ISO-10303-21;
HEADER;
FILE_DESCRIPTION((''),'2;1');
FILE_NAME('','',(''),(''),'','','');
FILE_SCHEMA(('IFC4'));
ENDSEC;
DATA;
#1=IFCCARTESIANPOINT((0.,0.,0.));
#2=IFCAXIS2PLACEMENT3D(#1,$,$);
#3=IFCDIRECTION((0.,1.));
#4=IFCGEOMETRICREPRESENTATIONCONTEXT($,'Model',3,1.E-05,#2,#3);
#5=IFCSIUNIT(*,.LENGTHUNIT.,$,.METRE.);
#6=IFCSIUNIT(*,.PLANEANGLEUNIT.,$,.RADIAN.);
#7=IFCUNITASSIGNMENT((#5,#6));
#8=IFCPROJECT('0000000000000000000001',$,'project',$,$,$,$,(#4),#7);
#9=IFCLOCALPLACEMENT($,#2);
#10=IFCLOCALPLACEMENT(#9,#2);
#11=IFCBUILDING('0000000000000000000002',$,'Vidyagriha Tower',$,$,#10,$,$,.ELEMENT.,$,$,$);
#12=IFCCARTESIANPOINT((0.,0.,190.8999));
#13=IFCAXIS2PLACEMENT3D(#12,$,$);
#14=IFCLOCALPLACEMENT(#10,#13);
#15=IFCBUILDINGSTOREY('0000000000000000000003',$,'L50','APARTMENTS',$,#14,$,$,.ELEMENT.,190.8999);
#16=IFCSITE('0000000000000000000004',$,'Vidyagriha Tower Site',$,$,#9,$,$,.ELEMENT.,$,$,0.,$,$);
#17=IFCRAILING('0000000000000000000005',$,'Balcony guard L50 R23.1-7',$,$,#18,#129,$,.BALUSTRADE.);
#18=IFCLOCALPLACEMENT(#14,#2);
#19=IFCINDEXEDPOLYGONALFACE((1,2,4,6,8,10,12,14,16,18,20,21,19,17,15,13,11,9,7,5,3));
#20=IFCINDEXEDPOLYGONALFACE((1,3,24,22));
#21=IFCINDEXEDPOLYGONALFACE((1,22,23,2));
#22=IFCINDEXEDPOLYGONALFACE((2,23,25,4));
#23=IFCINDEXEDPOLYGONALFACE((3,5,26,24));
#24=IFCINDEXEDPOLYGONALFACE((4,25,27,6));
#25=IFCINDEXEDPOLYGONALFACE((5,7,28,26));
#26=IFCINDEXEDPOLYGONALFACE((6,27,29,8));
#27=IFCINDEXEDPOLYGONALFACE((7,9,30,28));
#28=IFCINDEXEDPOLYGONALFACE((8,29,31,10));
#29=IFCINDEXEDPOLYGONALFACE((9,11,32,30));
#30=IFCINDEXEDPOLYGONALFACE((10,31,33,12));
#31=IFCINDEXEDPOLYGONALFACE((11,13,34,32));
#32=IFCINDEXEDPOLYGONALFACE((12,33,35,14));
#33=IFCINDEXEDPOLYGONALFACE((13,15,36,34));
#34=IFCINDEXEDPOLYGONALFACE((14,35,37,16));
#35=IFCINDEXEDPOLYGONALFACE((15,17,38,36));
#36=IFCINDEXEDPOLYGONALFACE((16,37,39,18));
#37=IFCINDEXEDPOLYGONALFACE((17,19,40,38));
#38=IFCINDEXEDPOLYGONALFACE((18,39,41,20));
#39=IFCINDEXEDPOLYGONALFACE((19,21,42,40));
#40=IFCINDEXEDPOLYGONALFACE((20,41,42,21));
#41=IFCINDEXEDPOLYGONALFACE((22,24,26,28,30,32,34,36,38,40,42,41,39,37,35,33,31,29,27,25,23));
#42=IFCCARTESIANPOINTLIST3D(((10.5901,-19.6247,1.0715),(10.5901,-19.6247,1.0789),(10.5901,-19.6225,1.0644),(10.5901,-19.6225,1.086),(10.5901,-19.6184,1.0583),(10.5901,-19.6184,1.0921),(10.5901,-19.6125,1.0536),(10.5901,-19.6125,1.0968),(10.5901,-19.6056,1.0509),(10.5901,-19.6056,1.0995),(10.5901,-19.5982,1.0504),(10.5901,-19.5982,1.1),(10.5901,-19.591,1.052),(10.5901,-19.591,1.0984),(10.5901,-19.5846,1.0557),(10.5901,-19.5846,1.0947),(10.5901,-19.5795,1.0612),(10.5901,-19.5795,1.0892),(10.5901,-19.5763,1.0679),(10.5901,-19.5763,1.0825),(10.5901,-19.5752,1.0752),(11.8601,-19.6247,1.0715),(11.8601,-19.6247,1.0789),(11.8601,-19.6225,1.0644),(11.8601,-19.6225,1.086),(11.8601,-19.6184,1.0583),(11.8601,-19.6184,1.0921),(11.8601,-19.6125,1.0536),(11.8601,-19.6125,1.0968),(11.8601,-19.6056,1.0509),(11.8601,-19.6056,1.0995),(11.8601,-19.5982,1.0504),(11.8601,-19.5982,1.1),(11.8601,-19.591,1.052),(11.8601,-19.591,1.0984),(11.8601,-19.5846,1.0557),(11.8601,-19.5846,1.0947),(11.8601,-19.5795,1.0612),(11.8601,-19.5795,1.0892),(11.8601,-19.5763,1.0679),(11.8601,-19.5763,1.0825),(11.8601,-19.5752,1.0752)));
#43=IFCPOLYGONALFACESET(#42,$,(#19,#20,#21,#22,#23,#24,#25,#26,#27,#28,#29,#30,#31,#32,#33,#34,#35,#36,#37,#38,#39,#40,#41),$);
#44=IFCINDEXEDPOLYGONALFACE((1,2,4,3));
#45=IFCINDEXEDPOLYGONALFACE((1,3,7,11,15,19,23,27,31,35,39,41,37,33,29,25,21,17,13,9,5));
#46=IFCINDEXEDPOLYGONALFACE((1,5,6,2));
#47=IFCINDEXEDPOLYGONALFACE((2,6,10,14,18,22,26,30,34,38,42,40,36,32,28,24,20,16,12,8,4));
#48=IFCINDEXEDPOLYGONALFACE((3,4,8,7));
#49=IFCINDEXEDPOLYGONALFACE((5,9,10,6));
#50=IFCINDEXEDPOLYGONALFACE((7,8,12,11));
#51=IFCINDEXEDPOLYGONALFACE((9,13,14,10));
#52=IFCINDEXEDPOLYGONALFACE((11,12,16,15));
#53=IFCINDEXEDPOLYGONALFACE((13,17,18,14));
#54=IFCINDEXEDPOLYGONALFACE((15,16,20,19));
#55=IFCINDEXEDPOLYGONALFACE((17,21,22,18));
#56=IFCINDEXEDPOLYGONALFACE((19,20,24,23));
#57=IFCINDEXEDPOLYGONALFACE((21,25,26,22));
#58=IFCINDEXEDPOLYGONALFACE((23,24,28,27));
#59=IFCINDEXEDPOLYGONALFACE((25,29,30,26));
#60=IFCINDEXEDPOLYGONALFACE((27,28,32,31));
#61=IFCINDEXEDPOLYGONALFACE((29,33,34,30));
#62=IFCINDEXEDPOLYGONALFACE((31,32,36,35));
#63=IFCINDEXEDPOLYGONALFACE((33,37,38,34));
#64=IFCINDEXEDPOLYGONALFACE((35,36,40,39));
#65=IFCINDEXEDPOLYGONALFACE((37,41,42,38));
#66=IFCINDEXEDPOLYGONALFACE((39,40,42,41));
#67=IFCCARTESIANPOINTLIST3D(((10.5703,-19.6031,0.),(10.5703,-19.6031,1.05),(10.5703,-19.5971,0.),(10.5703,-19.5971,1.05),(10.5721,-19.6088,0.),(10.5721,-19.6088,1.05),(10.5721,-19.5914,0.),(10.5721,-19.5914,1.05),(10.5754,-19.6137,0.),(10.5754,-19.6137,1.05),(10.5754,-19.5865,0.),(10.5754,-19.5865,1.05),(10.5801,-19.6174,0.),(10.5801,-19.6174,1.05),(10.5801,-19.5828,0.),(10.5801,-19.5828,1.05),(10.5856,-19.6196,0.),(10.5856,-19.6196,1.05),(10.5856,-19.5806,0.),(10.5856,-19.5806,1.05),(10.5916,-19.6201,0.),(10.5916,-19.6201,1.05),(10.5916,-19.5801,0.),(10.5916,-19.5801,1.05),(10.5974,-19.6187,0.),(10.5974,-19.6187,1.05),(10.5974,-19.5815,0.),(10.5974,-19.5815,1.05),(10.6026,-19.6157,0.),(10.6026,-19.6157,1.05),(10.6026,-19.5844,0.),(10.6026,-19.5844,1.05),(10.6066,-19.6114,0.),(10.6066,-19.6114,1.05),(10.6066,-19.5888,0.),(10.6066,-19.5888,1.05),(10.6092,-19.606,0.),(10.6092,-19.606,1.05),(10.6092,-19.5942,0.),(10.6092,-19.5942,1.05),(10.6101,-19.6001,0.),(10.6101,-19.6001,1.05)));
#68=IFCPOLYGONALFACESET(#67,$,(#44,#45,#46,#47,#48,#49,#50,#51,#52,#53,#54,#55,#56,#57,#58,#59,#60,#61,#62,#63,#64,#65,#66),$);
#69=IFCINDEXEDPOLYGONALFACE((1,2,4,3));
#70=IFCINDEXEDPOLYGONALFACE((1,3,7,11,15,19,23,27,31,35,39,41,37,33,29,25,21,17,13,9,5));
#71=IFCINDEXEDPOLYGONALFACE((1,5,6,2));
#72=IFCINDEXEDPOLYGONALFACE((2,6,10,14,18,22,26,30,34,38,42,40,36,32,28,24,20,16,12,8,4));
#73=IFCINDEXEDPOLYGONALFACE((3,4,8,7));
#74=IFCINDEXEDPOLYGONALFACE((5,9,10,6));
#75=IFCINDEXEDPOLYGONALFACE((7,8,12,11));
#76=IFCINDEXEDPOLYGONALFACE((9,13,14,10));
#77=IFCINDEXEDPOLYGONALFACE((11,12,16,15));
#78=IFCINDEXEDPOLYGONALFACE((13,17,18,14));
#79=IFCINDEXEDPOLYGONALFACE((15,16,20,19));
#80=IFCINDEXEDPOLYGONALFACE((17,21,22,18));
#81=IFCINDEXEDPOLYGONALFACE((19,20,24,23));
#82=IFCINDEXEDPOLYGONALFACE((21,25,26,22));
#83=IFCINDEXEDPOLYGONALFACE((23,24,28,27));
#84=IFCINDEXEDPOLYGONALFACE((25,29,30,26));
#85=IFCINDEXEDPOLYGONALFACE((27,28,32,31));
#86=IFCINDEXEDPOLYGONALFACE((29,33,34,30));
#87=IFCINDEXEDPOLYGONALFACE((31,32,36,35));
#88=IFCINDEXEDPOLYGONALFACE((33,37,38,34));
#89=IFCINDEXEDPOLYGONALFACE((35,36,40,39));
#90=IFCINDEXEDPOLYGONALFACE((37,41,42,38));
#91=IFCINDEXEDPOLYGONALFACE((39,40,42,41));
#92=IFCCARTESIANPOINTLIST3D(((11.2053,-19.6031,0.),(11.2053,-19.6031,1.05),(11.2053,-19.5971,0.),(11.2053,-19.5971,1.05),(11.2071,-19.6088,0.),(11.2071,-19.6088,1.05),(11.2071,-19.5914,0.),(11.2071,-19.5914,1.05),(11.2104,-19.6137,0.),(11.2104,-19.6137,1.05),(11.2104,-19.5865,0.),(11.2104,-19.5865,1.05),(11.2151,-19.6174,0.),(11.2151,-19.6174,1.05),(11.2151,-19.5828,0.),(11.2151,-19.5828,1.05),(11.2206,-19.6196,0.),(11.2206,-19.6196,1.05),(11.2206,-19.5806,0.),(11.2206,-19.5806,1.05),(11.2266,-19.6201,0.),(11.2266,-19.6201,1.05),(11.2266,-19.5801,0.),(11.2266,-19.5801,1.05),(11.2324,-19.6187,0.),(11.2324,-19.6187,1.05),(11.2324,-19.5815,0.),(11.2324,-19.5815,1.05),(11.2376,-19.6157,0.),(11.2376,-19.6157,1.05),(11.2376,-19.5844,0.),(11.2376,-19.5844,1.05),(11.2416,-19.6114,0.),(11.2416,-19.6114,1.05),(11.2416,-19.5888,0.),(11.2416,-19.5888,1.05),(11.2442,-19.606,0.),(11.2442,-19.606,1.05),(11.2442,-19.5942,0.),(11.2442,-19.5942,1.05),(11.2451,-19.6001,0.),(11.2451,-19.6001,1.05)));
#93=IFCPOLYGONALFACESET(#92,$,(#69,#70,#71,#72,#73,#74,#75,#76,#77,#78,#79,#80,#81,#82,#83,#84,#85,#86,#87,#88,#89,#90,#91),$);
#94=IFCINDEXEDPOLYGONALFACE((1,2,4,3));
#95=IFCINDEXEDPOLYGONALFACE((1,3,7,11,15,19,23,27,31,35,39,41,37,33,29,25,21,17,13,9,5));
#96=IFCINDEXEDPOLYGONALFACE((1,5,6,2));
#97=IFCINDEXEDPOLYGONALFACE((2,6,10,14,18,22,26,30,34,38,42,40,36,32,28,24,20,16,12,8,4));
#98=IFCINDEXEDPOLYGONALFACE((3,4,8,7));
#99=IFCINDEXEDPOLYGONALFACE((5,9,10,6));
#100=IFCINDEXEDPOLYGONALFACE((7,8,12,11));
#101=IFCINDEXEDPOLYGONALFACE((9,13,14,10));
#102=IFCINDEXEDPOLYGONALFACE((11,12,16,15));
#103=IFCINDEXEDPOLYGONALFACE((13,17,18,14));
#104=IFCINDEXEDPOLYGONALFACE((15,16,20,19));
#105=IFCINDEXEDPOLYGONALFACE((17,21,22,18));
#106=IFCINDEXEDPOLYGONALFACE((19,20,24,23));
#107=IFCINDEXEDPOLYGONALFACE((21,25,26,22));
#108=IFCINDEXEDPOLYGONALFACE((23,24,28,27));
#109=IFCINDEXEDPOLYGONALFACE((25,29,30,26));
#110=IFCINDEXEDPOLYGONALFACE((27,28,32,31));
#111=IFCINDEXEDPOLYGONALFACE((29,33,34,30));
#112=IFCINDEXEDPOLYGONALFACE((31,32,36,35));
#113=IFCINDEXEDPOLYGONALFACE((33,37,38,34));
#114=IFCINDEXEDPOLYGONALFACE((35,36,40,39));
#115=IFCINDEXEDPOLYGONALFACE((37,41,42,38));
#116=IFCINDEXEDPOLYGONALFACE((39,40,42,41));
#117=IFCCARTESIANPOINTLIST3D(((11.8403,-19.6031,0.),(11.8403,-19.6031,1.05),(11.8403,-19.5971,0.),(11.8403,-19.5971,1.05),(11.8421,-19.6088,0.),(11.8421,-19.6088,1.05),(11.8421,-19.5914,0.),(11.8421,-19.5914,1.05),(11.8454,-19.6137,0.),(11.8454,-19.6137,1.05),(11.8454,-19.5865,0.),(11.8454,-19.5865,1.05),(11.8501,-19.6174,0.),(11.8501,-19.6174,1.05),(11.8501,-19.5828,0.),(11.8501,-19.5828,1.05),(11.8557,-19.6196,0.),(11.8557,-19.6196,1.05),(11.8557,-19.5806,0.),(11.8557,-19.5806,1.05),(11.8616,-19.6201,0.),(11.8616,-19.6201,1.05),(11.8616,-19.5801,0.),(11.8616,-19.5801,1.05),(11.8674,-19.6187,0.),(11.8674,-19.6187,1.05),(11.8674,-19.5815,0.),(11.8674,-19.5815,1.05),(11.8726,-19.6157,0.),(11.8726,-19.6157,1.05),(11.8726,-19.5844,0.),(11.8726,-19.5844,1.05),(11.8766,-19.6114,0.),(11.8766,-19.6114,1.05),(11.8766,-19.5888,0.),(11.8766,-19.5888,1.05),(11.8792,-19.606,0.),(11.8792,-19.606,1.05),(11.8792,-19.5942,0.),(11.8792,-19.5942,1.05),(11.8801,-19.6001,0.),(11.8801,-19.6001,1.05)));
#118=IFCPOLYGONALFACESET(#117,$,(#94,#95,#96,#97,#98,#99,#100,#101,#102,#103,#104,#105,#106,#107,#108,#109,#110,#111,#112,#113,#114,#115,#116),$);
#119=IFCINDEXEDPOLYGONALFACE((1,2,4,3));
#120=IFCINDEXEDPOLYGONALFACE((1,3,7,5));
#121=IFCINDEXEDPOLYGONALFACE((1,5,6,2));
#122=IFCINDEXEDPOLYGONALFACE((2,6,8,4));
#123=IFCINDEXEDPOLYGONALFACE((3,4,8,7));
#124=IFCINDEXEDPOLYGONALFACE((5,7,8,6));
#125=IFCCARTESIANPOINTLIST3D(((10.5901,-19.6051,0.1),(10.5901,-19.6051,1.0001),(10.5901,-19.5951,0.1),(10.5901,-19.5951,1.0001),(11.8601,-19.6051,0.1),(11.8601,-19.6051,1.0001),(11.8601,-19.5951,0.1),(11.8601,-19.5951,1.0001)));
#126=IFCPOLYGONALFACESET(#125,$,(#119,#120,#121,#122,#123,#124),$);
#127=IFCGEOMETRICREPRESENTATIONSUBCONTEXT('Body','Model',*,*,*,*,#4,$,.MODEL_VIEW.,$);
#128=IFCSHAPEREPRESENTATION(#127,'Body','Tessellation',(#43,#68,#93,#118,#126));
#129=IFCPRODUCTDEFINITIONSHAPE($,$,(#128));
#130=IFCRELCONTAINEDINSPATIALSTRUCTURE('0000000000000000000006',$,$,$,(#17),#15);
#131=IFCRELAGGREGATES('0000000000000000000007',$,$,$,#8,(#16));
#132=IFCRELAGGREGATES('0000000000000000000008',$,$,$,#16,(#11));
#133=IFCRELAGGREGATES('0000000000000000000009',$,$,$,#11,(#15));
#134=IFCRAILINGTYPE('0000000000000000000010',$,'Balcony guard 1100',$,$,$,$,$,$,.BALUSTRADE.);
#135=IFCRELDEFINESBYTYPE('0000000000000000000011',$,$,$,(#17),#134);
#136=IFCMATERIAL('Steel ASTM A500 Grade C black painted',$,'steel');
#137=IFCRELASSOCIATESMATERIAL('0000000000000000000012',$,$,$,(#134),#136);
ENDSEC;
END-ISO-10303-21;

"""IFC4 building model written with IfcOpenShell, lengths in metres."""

from ifc_helpers import new_model, si_unit, direction, frame, origin, origin_2d, place, context, subcontext, project, spatial, rectangle, circle, extrude, material, type_object, element, save


model = new_model("IFC4")

# Units and contexts
model_context = context("Model", 3, precision=1e-05, world=origin(), true_north=direction((0.0, 1.0)))
body_context = subcontext(model_context, "Body", "Model", "MODEL_VIEW")
ifc_project = project(units=[si_unit("LENGTHUNIT", "METRE"), si_unit("PLANEANGLEUNIT", "RADIAN")], contexts=[model_context])

# Site, building, storey
site_placement = place(None, origin())
site = spatial("IfcSite", under=ifc_project, at=site_placement, Name="Vidyagriha Tower Site", CompositionType="ELEMENT", RefElevation=0.0)
building_placement = place(site_placement, origin())
building = spatial("IfcBuilding", under=site, at=building_placement, Name="Vidyagriha Tower", CompositionType="ELEMENT")
storey_placement = place(building_placement, frame((0.0, 0.0, 190.8999)))
storey = spatial("IfcBuildingStorey", under=building, at=storey_placement, Name="L50", Description="APARTMENTS", CompositionType="ELEMENT", Elevation=190.8999)

# Railing
ifc_material_1 = material(Name="Steel ASTM A500 Grade C black painted", Category="steel")
railing_type = type_object("IfcRailingType", Name="Balcony guard 1100", PredefinedType="BALUSTRADE", material=ifc_material_1)
railing_1_placement = place(storey_placement, frame((10.5901, -19.6001, 0.0)))
element("IfcRailing", 1, at=railing_1_placement, inside=storey, type_object=railing_type, Name="Balcony guard L50 R23.1-7", PredefinedType="BALUSTRADE", context=body_context, shape_type="SweptSolid", body=[
    extrude(circle(Radius=0.0249, at=origin_2d()), frame((0.0, 0.0, 1.0752), z_axis=(1.0, 0.0, 0.0), x_axis=(0.0, 1.0, 0.0)), (0.0, 0.0, 1.0), 1.27),
    extrude(circle(Radius=0.02, at=origin_2d()), origin(), (0.0, 0.0, 1.0), 1.05),
    extrude(circle(Radius=0.02, at=origin_2d()), frame((0.635, 0.0, 0.0)), (0.0, 0.0, 1.0), 1.05),
    extrude(circle(Radius=0.02, at=origin_2d()), frame((1.27, 0.0, 0.0)), (0.0, 0.0, 1.0), 1.05),
    extrude(rectangle(XDim=0.01, YDim=0.9001, at=origin_2d()), frame((0.0, 0.0, 0.55), z_axis=(1.0, 0.0, 0.0), x_axis=(0.0, 1.0, 0.0)), (0.0, 0.0, 1.0), 1.27),
])

save(model, "model.ifc")
